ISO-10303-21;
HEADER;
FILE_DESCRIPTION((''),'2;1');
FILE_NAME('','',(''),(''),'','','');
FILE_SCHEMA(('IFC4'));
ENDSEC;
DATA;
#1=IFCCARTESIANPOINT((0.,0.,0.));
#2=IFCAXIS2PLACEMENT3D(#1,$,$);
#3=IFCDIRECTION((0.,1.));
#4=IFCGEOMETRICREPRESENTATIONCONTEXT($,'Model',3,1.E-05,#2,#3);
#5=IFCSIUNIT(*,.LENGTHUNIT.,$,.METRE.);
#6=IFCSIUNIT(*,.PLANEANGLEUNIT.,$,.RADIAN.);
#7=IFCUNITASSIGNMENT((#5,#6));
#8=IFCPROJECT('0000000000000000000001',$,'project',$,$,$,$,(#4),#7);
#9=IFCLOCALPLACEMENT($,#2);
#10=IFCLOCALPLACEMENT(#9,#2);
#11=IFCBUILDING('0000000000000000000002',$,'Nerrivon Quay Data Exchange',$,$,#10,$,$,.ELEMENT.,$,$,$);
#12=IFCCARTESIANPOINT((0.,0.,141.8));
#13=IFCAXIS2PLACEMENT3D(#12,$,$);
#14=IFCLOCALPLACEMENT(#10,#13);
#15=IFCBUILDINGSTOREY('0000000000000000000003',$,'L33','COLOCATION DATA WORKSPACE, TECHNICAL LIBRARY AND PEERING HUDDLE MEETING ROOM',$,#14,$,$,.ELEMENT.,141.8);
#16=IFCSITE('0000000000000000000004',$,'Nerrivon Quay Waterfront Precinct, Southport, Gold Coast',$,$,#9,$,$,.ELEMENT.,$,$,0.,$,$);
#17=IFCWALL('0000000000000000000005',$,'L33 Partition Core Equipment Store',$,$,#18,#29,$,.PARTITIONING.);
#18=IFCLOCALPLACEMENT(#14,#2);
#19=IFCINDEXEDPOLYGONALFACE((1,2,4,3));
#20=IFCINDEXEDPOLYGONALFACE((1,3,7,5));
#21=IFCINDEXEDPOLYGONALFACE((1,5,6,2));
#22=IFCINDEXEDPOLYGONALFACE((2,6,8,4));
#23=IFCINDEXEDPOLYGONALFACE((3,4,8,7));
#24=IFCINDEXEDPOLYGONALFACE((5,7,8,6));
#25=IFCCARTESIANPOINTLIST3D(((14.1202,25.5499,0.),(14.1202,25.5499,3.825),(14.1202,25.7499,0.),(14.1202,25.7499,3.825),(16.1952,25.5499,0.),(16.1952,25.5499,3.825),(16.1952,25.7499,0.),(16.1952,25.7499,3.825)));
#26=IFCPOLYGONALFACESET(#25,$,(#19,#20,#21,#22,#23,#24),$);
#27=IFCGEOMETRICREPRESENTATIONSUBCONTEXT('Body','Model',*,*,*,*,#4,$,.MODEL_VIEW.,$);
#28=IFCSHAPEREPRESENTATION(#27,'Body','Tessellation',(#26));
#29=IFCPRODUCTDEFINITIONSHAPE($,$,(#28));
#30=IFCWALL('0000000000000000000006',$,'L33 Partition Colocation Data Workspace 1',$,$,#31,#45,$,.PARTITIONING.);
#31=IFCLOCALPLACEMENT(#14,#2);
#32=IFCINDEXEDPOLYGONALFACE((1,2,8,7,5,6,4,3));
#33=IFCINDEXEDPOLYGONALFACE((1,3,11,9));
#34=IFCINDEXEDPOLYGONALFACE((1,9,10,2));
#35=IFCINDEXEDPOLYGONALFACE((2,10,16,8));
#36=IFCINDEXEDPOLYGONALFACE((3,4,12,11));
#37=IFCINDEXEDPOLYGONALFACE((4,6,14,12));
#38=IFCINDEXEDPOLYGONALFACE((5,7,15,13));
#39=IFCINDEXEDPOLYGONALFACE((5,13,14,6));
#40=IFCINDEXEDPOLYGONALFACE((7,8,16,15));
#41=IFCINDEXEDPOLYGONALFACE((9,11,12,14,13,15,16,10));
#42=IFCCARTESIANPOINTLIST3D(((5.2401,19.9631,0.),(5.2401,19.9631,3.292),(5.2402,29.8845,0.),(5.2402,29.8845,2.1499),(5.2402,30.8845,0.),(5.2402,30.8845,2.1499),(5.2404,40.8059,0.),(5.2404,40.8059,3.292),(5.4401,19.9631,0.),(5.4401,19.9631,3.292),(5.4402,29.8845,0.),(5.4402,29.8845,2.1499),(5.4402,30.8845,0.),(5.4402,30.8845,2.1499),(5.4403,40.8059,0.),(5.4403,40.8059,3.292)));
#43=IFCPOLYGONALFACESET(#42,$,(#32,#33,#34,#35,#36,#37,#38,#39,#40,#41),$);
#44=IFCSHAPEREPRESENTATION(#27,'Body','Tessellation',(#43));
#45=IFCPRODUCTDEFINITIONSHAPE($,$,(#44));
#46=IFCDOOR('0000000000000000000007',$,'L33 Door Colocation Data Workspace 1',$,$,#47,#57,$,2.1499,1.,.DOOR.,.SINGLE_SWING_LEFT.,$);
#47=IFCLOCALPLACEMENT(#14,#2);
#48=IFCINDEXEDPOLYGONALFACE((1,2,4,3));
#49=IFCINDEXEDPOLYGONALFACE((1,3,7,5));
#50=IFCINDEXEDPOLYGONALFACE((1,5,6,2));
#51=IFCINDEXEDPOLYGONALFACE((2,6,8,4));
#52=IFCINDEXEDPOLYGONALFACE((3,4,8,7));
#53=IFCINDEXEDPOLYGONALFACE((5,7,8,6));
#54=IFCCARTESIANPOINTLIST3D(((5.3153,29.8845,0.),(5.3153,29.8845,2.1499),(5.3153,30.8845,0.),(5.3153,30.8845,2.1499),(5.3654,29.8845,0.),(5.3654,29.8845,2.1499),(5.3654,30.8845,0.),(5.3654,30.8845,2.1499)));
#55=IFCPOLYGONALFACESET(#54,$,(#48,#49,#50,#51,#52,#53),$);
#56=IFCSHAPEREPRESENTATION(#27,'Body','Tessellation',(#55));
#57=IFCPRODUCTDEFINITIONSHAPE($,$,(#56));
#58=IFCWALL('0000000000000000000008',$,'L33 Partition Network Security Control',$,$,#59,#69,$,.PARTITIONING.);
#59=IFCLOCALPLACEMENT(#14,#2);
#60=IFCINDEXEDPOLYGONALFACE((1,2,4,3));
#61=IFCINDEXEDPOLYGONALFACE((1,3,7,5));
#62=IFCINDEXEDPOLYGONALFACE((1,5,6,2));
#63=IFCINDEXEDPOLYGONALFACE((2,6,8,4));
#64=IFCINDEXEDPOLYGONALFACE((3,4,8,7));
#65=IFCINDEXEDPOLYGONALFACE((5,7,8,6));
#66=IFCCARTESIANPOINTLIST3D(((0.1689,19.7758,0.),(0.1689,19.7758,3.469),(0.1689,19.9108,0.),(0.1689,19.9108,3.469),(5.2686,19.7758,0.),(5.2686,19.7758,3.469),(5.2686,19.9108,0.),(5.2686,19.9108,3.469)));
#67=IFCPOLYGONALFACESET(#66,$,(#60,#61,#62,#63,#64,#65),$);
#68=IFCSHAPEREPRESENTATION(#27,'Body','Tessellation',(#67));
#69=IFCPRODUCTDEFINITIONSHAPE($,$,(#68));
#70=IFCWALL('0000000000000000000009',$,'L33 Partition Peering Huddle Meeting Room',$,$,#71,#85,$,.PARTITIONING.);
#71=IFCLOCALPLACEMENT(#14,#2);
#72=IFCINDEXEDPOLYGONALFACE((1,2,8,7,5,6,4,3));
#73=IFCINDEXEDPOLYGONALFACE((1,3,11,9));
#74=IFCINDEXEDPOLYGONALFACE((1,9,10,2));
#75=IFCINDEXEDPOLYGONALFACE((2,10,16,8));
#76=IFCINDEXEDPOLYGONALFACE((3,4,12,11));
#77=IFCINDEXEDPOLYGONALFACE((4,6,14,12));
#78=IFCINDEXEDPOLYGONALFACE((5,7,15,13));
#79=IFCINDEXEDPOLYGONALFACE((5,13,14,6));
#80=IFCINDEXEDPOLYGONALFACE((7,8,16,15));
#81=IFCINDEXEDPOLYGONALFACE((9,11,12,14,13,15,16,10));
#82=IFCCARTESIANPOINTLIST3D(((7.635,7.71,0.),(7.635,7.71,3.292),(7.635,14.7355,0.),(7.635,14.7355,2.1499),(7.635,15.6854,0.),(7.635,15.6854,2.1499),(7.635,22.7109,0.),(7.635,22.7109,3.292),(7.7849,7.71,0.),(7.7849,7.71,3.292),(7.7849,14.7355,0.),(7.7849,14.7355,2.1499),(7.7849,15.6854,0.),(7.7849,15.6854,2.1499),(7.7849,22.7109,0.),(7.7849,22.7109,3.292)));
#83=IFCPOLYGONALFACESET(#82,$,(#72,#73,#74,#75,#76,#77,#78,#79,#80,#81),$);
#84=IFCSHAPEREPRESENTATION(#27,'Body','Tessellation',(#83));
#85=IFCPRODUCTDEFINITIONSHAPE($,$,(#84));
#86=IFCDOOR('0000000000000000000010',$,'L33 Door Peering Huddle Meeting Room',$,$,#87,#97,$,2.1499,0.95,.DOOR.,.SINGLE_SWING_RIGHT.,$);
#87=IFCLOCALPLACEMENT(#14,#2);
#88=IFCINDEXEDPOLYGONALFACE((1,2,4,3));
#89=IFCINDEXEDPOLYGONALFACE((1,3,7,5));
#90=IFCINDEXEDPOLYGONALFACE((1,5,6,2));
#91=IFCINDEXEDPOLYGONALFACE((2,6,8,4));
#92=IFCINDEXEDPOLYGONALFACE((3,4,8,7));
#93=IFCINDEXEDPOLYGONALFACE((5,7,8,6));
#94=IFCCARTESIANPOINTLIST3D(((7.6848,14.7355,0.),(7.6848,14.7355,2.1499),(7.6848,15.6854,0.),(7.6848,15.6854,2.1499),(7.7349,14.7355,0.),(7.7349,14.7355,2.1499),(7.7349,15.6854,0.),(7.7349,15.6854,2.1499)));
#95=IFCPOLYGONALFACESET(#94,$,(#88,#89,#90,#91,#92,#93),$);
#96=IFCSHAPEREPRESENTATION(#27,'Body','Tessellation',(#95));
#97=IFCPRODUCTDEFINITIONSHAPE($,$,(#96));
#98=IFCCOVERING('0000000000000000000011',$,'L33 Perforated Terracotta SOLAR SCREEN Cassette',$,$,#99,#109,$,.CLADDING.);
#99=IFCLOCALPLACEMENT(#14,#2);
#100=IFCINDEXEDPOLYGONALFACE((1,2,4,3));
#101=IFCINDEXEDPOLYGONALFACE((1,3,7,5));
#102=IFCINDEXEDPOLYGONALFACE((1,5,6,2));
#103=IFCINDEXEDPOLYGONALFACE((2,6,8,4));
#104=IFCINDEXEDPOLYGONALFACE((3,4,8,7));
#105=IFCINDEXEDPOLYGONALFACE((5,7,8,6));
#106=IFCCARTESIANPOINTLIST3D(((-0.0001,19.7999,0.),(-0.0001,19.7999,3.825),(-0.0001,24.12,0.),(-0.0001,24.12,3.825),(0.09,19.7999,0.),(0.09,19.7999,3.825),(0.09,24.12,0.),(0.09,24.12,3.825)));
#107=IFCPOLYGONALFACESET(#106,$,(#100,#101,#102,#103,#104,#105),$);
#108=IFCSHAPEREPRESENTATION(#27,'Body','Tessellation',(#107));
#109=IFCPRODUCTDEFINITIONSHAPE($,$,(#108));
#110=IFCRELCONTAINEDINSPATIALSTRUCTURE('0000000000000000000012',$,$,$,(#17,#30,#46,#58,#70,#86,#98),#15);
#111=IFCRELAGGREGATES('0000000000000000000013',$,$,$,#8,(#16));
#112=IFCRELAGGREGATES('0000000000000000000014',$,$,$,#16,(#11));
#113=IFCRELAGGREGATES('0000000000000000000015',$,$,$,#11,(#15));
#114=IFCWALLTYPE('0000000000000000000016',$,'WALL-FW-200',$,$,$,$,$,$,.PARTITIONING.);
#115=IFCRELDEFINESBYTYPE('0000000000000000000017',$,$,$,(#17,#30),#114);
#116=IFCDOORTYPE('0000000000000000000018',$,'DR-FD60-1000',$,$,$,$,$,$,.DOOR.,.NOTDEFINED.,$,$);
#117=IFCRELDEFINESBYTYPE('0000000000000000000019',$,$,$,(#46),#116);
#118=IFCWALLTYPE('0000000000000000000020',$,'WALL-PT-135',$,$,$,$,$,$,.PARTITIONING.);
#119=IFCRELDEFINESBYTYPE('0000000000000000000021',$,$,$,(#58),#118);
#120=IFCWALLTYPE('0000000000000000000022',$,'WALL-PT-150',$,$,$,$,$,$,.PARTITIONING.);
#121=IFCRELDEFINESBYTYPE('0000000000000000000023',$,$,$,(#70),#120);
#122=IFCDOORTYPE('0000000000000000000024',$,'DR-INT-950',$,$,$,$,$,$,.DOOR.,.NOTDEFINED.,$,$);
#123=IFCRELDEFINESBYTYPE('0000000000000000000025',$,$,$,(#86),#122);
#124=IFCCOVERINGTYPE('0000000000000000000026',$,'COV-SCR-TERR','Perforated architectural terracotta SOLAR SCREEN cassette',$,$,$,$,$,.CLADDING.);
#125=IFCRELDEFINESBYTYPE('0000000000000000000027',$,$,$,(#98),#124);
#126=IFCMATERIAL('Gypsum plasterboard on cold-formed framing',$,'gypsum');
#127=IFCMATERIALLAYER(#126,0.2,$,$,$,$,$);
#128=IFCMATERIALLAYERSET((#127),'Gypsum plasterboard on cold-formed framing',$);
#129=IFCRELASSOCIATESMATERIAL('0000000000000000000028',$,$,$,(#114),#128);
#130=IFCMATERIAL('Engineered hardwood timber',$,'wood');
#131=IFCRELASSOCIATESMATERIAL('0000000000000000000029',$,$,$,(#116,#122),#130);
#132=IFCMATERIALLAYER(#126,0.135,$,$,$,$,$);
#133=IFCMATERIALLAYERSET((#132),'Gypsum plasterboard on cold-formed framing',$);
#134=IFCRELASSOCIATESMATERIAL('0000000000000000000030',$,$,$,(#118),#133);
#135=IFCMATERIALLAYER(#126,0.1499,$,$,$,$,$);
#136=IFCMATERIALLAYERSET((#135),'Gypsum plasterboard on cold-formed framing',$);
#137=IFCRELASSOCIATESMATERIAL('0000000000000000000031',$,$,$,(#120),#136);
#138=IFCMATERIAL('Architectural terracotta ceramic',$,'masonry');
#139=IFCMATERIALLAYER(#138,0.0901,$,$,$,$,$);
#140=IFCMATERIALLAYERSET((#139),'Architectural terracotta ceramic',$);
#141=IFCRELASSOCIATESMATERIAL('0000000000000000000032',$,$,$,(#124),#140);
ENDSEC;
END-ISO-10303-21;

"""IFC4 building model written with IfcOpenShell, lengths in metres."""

from ifc_helpers import new_model, si_unit, direction, frame, frame_2d, origin, origin_2d, place, context, subcontext, project, spatial, rectangle, extrude, material, layer, layer_set, type_object, element, fill, save


model = new_model("IFC4")

# Units and contexts
model_context = context("Model", 3, precision=1e-05, world=origin(), true_north=direction((0.0, 1.0)))
body_context = subcontext(model_context, "Body", "Model", "MODEL_VIEW")
ifc_project = project(units=[si_unit("LENGTHUNIT", "METRE"), si_unit("PLANEANGLEUNIT", "RADIAN")], contexts=[model_context])

# Site, building, storey
site_placement = place(None, origin())
site = spatial("IfcSite", under=ifc_project, at=site_placement, Name="Nerrivon Quay Waterfront Precinct, Southport, Gold Coast", CompositionType="ELEMENT", RefElevation=0.0)
building_placement = place(site_placement, origin())
building = spatial("IfcBuilding", under=site, at=building_placement, Name="Nerrivon Quay Data Exchange", CompositionType="ELEMENT")
storey_placement = place(building_placement, frame((0.0, 0.0, 141.8)))
storey = spatial("IfcBuildingStorey", under=building, at=storey_placement, Name="L33", Description="COLOCATION DATA WORKSPACE, TECHNICAL LIBRARY AND PEERING HUDDLE MEETING ROOM", CompositionType="ELEMENT", Elevation=141.8)

# Shared definitions
ifc_material_1 = material(Name="Gypsum plasterboard on cold-formed framing", Category="gypsum")
ifc_layer_1 = layer(ifc_material_1, 0.2)
ifc_layer_set_1 = layer_set([ifc_layer_1], Name="Gypsum plasterboard on cold-formed framing")
wall_type_1 = type_object("IfcWallType", Name="WALL-FW-200", PredefinedType="PARTITIONING", material=ifc_layer_set_1)

# Wall
wall_1_placement = place(storey_placement, frame((14.1201, 25.6499, 0.0), z_axis=(0.0, 0.0, 1.0), x_axis=(1.0, 0.0, 0.0)))
element("IfcWall", 1, at=wall_1_placement, inside=storey, type_object=wall_type_1, Name="L33 Partition Core Equipment Store", PredefinedType="PARTITIONING", context=body_context, shape_type="SweptSolid", body=[
    extrude(rectangle(XDim=2.075, YDim=0.2, at=frame_2d((1.0376, 0.0))), origin(), (0.0, 0.0, 1.0), 3.825),
])

# Wall, opening, door
wall_2_placement = place(storey_placement, frame((5.3401, 19.9631, 0.0), z_axis=(0.0, 0.0, 1.0), x_axis=(0.000012, 1.0, 0.0)))
wall_2 = element("IfcWall", 2, at=wall_2_placement, inside=storey, type_object=wall_type_1, Name="L33 Partition Colocation Data Workspace 1", PredefinedType="PARTITIONING", context=body_context, shape_type="SweptSolid", body=[
    extrude(rectangle(XDim=20.8428, YDim=0.2, at=frame_2d((10.4214, 0.0))), origin(), (0.0, 0.0, 1.0), 3.292),
])
opening_1_placement = place(wall_2_placement, frame((9.9214, 0.0, 0.0)))
opening_1 = element("IfcOpeningElement", 3, at=opening_1_placement, cuts=wall_2, PredefinedType="OPENING", context=body_context, shape_type="SweptSolid", body=[
    extrude(rectangle(XDim=1.0, YDim=2.1499, at=frame_2d((0.5, 1.075))), frame((0.0, 0.1099, 0.0), z_axis=(0.0, -1.0, 0.0), x_axis=(1.0, 0.0, 0.0)), (0.0, 0.0, 1.0), 0.22),
])
ifc_material_2 = material(Name="Engineered hardwood timber", Category="wood")
door_type_1 = type_object("IfcDoorType", Name="DR-FD60-1000", OperationType="NOTDEFINED", PredefinedType="DOOR", material=ifc_material_2)
door_1_placement = place(opening_1_placement, origin())
door_1 = element("IfcDoor", 4, at=door_1_placement, inside=storey, type_object=door_type_1, Name="L33 Door Colocation Data Workspace 1", OperationType="SINGLE_SWING_LEFT", OverallHeight=2.1499, OverallWidth=1.0, PredefinedType="DOOR", context=body_context, shape_type="SweptSolid", body=[
    extrude(rectangle(XDim=1.0, YDim=2.1499, at=frame_2d((0.5, 1.075))), frame((0.0, 0.0249, 0.0), z_axis=(0.0, -1.0, 0.0), x_axis=(1.0, 0.0, 0.0)), (0.0, 0.0, 1.0), 0.05),
])
fill(opening_1, door_1)

# Wall
ifc_layer_2 = layer(ifc_material_1, 0.135)
ifc_layer_set_2 = layer_set([ifc_layer_2], Name="Gypsum plasterboard on cold-formed framing")
wall_type_2 = type_object("IfcWallType", Name="WALL-PT-135", PredefinedType="PARTITIONING", material=ifc_layer_set_2)
wall_3_placement = place(storey_placement, frame((5.2686, 19.8433, 0.0), z_axis=(0.0, 0.0, 1.0), x_axis=(-1.0, 0.0, 0.0)))
element("IfcWall", 5, at=wall_3_placement, inside=storey, type_object=wall_type_2, Name="L33 Partition Network Security Control", PredefinedType="PARTITIONING", context=body_context, shape_type="SweptSolid", body=[
    extrude(rectangle(XDim=5.0996, YDim=0.135, at=frame_2d((2.5498, 0.0))), origin(), (0.0, 0.0, 1.0), 3.469),
])

# Wall, opening, door
ifc_layer_3 = layer(ifc_material_1, 0.1499)
ifc_layer_set_3 = layer_set([ifc_layer_3], Name="Gypsum plasterboard on cold-formed framing")
wall_type_3 = type_object("IfcWallType", Name="WALL-PT-150", PredefinedType="PARTITIONING", material=ifc_layer_set_3)
wall_4_placement = place(storey_placement, frame((7.71, 22.7109, 0.0), z_axis=(0.0, 0.0, 1.0), x_axis=(0.0, -1.0, 0.0)))
wall_4 = element("IfcWall", 6, at=wall_4_placement, inside=storey, type_object=wall_type_3, Name="L33 Partition Peering Huddle Meeting Room", PredefinedType="PARTITIONING", context=body_context, shape_type="SweptSolid", body=[
    extrude(rectangle(XDim=15.001, YDim=0.1499, at=frame_2d((7.5005, 0.0))), origin(), (0.0, 0.0, 1.0), 3.292),
])
opening_2_placement = place(wall_4_placement, frame((7.0254, 0.0, 0.0)))
opening_2 = element("IfcOpeningElement", 7, at=opening_2_placement, cuts=wall_4, PredefinedType="OPENING", context=body_context, shape_type="SweptSolid", body=[
    extrude(rectangle(XDim=0.95, YDim=2.1499, at=frame_2d((0.4751, 1.075))), frame((0.0, 0.085, 0.0), z_axis=(0.0, -1.0, 0.0), x_axis=(1.0, 0.0, 0.0)), (0.0, 0.0, 1.0), 0.1699),
])
door_type_2 = type_object("IfcDoorType", Name="DR-INT-950", OperationType="NOTDEFINED", PredefinedType="DOOR", material=ifc_material_2)
door_2_placement = place(opening_2_placement, origin())
door_2 = element("IfcDoor", 8, at=door_2_placement, inside=storey, type_object=door_type_2, Name="L33 Door Peering Huddle Meeting Room", OperationType="SINGLE_SWING_RIGHT", OverallHeight=2.1499, OverallWidth=0.95, PredefinedType="DOOR", context=body_context, shape_type="SweptSolid", body=[
    extrude(rectangle(XDim=0.95, YDim=2.1499, at=frame_2d((0.4751, 1.075))), frame((0.0, 0.0249, 0.0), z_axis=(0.0, -1.0, 0.0), x_axis=(1.0, 0.0, 0.0)), (0.0, 0.0, 1.0), 0.05),
])
fill(opening_2, door_2)

# Covering
ifc_material_3 = material(Name="Architectural terracotta ceramic", Category="masonry")
ifc_layer_4 = layer(ifc_material_3, 0.0901)
ifc_layer_set_4 = layer_set([ifc_layer_4], Name="Architectural terracotta ceramic")
covering_type = type_object("IfcCoveringType", Name="COV-SCR-TERR", Description="Perforated architectural terracotta SOLAR SCREEN cassette", PredefinedType="CLADDING", material=ifc_layer_set_4)
covering_placement = place(storey_placement, frame((0.0449, 21.96, 0.0), z_axis=(0.0, 0.0, 1.0), x_axis=(0.0, 1.0, 0.0)))
element("IfcCovering", 9, at=covering_placement, inside=storey, type_object=covering_type, Name="L33 Perforated Terracotta SOLAR SCREEN Cassette", PredefinedType="CLADDING", context=body_context, shape_type="SweptSolid", body=[
    extrude(rectangle(XDim=4.3201, YDim=0.0901, at=origin_2d()), origin(), (0.0, 0.0, 1.0), 3.825),
])

save(model, "model.ifc")
